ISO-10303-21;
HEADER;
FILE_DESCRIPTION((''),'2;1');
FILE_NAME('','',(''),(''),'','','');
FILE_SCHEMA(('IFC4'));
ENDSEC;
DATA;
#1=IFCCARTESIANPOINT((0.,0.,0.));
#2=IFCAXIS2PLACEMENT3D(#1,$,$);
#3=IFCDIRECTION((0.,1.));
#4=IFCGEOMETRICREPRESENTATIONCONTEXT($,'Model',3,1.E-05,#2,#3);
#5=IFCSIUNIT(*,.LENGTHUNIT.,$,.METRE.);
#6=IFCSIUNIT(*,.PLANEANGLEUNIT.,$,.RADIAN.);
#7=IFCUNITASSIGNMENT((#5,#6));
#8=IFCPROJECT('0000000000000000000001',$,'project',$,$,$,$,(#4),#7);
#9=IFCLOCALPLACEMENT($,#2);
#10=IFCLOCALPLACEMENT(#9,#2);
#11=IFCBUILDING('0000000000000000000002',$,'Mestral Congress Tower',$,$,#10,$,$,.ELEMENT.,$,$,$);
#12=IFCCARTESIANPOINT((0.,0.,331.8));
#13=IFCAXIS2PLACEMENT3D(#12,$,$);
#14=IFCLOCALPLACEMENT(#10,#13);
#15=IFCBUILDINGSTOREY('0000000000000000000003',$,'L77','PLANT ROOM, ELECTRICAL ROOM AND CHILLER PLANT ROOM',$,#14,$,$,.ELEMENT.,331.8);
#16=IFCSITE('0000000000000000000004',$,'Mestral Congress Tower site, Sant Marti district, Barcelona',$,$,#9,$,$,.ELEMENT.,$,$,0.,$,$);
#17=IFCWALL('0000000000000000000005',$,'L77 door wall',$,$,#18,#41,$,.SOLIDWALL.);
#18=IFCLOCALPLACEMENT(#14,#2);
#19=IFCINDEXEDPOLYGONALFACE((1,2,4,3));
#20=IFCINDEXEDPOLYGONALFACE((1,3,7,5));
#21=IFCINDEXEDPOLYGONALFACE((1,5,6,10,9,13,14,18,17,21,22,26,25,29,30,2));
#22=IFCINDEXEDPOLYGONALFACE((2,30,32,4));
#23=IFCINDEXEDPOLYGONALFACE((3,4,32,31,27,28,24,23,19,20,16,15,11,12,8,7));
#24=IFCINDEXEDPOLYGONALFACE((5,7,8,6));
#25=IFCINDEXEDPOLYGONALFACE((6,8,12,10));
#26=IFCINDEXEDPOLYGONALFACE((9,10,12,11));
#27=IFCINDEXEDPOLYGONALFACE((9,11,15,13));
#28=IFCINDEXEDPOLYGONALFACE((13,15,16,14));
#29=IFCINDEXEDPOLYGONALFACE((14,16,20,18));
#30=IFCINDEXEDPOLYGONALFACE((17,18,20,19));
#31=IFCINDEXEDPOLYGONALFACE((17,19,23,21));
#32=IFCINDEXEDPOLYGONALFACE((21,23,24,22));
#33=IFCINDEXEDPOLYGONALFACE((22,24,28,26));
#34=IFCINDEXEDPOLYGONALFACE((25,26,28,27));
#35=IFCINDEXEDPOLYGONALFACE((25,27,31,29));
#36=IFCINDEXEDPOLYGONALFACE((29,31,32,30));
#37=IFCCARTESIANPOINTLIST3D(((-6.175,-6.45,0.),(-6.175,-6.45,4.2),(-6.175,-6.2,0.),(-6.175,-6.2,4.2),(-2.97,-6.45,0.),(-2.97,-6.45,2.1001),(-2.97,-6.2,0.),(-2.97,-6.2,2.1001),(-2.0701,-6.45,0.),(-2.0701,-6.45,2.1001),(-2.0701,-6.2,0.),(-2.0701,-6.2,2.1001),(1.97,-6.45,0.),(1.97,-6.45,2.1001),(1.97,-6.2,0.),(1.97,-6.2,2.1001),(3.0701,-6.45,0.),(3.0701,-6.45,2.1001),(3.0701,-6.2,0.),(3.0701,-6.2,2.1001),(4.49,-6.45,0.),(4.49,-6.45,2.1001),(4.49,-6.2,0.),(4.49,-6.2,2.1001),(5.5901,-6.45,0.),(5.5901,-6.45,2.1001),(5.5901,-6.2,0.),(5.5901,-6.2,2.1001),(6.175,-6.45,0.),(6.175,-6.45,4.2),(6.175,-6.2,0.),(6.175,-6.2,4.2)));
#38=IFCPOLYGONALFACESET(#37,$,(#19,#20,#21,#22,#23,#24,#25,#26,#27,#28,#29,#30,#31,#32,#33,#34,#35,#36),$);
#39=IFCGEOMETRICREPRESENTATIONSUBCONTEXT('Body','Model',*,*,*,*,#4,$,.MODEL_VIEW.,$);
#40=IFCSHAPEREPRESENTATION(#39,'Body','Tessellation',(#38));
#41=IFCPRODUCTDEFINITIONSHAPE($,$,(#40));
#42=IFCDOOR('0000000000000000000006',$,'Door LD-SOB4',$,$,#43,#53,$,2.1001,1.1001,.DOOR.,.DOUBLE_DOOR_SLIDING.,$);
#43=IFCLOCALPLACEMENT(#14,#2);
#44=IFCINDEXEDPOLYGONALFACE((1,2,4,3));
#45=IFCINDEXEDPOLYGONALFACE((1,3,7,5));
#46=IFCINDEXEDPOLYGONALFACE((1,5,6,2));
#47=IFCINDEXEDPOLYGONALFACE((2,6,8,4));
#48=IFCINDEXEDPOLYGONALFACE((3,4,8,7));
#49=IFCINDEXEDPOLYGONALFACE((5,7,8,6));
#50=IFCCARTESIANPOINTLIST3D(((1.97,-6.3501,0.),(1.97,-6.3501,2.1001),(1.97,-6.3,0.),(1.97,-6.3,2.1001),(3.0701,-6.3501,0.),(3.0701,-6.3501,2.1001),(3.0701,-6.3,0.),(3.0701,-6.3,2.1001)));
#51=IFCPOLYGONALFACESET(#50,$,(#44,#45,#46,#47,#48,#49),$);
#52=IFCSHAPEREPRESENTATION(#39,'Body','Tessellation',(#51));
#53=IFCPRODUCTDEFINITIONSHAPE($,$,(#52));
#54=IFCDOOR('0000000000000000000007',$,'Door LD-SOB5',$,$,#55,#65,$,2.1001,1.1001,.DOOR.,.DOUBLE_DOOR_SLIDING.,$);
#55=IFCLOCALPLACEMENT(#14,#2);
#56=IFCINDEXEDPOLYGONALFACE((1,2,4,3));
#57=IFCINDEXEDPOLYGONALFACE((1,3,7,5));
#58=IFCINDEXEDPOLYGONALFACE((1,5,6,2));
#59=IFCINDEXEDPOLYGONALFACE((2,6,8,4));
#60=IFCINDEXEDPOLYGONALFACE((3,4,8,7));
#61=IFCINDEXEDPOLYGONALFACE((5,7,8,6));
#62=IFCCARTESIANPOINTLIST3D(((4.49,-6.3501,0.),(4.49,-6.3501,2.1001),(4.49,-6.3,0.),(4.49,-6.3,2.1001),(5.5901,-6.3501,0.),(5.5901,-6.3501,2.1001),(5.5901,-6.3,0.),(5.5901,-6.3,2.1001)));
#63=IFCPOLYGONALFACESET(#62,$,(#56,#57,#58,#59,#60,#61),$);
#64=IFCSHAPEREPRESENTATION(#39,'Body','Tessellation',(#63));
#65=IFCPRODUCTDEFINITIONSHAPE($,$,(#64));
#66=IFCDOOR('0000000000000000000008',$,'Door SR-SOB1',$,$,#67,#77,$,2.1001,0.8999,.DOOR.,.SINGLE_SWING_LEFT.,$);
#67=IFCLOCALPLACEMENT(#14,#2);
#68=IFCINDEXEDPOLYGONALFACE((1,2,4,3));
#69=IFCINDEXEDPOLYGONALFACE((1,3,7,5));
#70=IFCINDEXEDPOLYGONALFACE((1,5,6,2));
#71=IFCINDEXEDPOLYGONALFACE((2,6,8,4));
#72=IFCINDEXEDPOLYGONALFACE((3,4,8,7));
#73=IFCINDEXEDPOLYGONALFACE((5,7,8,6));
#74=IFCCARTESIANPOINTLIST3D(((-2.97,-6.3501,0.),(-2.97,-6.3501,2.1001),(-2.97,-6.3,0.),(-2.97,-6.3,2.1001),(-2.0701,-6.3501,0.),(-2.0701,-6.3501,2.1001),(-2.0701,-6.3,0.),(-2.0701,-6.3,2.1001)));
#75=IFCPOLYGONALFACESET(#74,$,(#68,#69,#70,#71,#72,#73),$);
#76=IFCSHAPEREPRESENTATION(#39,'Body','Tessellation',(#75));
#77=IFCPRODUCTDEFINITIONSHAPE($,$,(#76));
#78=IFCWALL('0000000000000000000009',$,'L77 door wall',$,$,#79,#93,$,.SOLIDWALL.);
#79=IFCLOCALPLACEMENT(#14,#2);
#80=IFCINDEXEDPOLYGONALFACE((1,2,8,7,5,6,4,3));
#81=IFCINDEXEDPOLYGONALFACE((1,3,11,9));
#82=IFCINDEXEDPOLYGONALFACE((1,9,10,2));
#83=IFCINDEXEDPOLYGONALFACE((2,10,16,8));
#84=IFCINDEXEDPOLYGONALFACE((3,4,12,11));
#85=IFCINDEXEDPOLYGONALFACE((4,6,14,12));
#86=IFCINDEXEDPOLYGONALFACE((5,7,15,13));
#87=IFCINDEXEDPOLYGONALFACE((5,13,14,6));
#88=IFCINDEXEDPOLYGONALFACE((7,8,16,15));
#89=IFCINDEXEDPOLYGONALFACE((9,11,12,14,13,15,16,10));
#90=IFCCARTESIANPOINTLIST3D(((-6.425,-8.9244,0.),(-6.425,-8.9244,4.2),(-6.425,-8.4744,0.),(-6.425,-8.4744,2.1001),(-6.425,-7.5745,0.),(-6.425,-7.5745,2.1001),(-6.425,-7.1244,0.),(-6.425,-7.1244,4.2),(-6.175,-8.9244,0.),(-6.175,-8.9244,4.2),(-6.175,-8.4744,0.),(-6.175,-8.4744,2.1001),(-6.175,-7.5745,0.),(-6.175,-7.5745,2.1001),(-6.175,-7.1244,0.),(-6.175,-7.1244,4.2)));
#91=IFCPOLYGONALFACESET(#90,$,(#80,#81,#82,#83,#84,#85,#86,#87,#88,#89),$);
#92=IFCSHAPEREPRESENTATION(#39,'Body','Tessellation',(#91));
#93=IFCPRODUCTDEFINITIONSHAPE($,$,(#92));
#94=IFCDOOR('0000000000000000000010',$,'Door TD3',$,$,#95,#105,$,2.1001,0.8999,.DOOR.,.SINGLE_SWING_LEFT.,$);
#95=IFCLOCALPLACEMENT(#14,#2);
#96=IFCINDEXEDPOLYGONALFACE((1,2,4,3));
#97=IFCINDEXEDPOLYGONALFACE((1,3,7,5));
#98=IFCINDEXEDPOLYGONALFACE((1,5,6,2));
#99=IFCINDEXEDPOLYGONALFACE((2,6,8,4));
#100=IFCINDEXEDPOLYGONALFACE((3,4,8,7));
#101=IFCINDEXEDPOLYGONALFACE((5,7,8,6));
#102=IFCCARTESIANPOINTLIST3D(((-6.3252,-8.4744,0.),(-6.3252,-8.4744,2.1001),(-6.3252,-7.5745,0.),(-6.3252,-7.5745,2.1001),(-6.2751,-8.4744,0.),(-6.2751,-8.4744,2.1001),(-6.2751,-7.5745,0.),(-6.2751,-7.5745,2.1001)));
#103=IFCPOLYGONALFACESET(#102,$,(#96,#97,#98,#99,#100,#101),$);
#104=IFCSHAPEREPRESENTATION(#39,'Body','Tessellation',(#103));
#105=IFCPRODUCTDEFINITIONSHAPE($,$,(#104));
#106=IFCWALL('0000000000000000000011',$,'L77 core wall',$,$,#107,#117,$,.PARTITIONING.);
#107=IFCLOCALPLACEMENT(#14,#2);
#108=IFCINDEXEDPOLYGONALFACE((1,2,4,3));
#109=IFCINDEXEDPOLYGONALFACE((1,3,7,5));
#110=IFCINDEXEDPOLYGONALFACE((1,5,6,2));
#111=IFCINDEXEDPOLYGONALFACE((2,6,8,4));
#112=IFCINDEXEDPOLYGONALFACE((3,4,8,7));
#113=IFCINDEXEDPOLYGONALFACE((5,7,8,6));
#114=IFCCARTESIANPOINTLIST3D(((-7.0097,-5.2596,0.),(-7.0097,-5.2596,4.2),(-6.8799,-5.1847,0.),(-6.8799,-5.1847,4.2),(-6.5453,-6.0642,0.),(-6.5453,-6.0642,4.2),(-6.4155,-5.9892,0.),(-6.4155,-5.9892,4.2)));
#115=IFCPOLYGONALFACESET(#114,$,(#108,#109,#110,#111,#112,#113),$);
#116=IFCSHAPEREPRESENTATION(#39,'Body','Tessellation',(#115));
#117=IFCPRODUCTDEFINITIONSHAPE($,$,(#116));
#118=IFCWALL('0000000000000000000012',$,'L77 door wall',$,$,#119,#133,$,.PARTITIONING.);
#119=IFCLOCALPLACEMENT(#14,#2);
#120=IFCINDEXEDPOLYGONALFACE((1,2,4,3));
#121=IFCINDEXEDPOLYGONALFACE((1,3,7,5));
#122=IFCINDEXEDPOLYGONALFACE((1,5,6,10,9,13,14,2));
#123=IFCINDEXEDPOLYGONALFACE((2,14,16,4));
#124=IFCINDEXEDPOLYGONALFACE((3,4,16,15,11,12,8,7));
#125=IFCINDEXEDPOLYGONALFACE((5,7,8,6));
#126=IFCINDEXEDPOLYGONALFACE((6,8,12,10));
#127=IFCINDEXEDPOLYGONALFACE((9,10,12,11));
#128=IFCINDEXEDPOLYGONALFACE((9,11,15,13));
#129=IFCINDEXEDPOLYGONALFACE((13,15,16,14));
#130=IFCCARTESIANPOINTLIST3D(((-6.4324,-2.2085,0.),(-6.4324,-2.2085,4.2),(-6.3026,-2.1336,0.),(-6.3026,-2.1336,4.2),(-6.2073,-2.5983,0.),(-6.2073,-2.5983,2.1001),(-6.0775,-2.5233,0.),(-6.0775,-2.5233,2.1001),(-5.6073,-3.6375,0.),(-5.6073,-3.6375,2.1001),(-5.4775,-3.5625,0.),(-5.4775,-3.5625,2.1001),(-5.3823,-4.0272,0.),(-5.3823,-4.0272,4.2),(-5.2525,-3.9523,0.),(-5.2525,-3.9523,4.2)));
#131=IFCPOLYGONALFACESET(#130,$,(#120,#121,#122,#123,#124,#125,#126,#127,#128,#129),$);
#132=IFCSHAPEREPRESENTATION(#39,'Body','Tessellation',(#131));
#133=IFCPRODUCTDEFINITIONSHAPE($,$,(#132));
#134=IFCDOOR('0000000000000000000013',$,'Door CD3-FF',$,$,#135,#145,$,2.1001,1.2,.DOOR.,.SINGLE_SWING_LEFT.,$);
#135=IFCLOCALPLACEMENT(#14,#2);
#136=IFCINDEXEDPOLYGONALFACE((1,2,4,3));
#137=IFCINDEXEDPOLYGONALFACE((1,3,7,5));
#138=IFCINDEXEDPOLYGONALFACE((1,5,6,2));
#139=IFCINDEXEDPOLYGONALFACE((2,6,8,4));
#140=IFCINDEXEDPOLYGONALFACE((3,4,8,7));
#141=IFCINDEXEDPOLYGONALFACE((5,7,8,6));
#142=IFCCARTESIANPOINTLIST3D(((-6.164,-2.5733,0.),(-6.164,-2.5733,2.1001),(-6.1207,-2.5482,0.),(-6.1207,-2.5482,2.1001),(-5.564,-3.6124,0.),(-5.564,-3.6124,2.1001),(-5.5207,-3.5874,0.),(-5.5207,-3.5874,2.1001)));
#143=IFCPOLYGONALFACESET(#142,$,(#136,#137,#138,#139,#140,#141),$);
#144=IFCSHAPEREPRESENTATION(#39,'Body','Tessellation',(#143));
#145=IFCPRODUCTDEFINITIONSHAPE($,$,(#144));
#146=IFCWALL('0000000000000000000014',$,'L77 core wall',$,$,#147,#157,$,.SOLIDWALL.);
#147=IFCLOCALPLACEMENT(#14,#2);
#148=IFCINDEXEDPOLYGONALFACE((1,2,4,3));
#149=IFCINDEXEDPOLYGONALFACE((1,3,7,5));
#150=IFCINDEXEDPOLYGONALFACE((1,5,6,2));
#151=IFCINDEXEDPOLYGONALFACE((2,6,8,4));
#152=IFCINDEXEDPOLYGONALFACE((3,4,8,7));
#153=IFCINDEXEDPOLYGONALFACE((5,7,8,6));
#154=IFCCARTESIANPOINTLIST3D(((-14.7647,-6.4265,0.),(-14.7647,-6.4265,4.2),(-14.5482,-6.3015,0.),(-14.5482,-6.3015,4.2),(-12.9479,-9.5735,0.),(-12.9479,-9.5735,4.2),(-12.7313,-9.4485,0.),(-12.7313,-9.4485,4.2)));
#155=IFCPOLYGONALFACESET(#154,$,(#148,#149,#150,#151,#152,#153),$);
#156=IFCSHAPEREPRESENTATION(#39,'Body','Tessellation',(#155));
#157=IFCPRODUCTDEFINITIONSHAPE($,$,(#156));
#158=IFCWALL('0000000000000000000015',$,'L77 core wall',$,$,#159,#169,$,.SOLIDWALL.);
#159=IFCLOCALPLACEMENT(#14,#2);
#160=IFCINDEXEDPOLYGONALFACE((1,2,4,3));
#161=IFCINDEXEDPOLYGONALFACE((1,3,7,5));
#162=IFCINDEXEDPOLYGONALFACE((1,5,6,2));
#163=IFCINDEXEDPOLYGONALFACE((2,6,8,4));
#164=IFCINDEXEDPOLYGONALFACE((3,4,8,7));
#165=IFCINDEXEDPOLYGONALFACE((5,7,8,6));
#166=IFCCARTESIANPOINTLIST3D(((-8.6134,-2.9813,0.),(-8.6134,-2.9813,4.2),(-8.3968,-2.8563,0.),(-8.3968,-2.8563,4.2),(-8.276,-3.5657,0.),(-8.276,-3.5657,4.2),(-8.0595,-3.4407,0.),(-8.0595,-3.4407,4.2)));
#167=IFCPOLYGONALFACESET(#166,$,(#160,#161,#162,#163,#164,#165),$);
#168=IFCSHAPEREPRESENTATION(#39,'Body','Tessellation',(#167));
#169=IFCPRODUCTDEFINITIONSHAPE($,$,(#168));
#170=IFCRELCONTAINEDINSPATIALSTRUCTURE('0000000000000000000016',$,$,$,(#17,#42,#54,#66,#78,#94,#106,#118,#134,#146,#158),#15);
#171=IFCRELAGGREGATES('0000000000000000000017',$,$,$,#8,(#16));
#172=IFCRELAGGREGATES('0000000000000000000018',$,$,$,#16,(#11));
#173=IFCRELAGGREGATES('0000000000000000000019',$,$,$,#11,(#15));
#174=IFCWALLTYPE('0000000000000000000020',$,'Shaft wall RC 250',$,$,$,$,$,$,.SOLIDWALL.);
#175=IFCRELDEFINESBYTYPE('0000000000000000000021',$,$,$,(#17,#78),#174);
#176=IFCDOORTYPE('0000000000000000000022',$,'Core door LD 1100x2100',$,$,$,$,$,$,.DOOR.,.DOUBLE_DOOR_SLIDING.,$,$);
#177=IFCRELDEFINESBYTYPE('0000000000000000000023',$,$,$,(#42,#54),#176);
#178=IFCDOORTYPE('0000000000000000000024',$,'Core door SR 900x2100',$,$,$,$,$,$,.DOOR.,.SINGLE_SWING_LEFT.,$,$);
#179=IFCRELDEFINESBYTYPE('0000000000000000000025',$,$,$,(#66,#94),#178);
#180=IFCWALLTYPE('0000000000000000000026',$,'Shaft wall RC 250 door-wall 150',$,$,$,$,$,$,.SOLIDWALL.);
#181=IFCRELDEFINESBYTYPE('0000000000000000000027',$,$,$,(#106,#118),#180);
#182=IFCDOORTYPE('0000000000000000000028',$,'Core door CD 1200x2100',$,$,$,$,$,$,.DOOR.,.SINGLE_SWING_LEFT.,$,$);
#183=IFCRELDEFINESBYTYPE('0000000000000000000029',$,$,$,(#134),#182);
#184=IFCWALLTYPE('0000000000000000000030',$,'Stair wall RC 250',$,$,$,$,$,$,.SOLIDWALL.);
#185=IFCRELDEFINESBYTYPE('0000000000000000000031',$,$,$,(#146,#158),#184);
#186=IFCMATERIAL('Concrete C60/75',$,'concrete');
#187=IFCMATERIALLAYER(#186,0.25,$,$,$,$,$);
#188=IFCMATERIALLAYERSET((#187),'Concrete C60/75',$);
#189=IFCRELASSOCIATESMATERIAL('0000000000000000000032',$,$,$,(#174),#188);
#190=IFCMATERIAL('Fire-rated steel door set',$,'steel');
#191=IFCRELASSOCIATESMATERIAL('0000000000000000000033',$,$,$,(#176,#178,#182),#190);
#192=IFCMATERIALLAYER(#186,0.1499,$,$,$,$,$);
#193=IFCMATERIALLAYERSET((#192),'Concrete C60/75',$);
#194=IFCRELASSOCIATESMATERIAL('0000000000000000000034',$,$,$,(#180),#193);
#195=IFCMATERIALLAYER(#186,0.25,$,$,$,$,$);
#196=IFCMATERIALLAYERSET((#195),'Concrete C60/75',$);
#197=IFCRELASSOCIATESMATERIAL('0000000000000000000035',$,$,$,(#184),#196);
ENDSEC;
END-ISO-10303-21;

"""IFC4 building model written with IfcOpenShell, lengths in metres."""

from ifc_helpers import new_model, si_unit, direction, frame, frame_2d, origin, place, context, subcontext, project, spatial, rectangle, extrude, material, layer, layer_set, type_object, element, fill, save


model = new_model("IFC4")

# Units and contexts
model_context = context("Model", 3, precision=1e-05, world=origin(), true_north=direction((0.0, 1.0)))
body_context = subcontext(model_context, "Body", "Model", "MODEL_VIEW")
ifc_project = project(units=[si_unit("LENGTHUNIT", "METRE"), si_unit("PLANEANGLEUNIT", "RADIAN")], contexts=[model_context])

# Site, building, storey
site_placement = place(None, origin())
site = spatial("IfcSite", under=ifc_project, at=site_placement, Name="Mestral Congress Tower site, Sant Marti district, Barcelona", CompositionType="ELEMENT", RefElevation=0.0)
building_placement = place(site_placement, origin())
building = spatial("IfcBuilding", under=site, at=building_placement, Name="Mestral Congress Tower", CompositionType="ELEMENT")
storey_placement = place(building_placement, frame((0.0, 0.0, 331.8)))
storey = spatial("IfcBuildingStorey", under=building, at=storey_placement, Name="L77", Description="PLANT ROOM, ELECTRICAL ROOM AND CHILLER PLANT ROOM", CompositionType="ELEMENT", Elevation=331.8)

# Shared definitions
ifc_material_1 = material(Name="Concrete C60/75", Category="concrete")
ifc_layer_1 = layer(ifc_material_1, 0.25)
ifc_layer_set_1 = layer_set([ifc_layer_1], Name="Concrete C60/75")
wall_type_1 = type_object("IfcWallType", Name="Shaft wall RC 250", PredefinedType="SOLIDWALL", material=ifc_layer_set_1)

# Wall, openings, doors
wall_1_placement = place(storey_placement, frame((-6.175, -6.325, 0.0), z_axis=(0.0, 0.0, 1.0), x_axis=(1.0, 0.0, 0.0)))
wall_1 = element("IfcWall", 1, at=wall_1_placement, inside=storey, type_object=wall_type_1, Name="L77 door wall", PredefinedType="SOLIDWALL", context=body_context, shape_type="SweptSolid", body=[
    extrude(rectangle(XDim=12.3501, YDim=0.25, at=frame_2d((6.175, 0.0))), origin(), (0.0, 0.0, 1.0), 4.2),
])
opening_1_placement = place(wall_1_placement, frame((3.2051, 0.0, 0.0)))
opening_1 = element("IfcOpeningElement", 2, at=opening_1_placement, cuts=wall_1, PredefinedType="OPENING", context=body_context, shape_type="SweptSolid", body=[
    extrude(rectangle(XDim=0.8999, YDim=2.1001, at=frame_2d((0.45, 1.05))), frame((0.0, 0.135, 0.0), z_axis=(0.0, -1.0, 0.0), x_axis=(1.0, 0.0, 0.0)), (0.0, 0.0, 1.0), 0.27),
])
opening_2_placement = place(wall_1_placement, frame((8.145, 0.0, 0.0)))
opening_2 = element("IfcOpeningElement", 3, at=opening_2_placement, cuts=wall_1, PredefinedType="OPENING", context=body_context, shape_type="SweptSolid", body=[
    extrude(rectangle(XDim=1.1001, YDim=2.1001, at=frame_2d((0.55, 1.05))), frame((0.0, 0.135, 0.0), z_axis=(0.0, -1.0, 0.0), x_axis=(1.0, 0.0, 0.0)), (0.0, 0.0, 1.0), 0.27),
])
opening_3_placement = place(wall_1_placement, frame((10.665, 0.0, 0.0)))
opening_3 = element("IfcOpeningElement", 4, at=opening_3_placement, cuts=wall_1, PredefinedType="OPENING", context=body_context, shape_type="SweptSolid", body=[
    extrude(rectangle(XDim=1.1001, YDim=2.1001, at=frame_2d((0.55, 1.05))), frame((0.0, 0.135, 0.0), z_axis=(0.0, -1.0, 0.0), x_axis=(1.0, 0.0, 0.0)), (0.0, 0.0, 1.0), 0.27),
])
ifc_material_2 = material(Name="Fire-rated steel door set", Category="steel")
door_type_1 = type_object("IfcDoorType", Name="Core door LD 1100x2100", OperationType="DOUBLE_DOOR_SLIDING", PredefinedType="DOOR", material=ifc_material_2)
door_1_placement = place(opening_2_placement, origin())
door_1 = element("IfcDoor", 5, at=door_1_placement, inside=storey, type_object=door_type_1, Name="Door LD-SOB4", OperationType="DOUBLE_DOOR_SLIDING", OverallHeight=2.1001, OverallWidth=1.1001, PredefinedType="DOOR", context=body_context, shape_type="SweptSolid", body=[
    extrude(rectangle(XDim=1.1001, YDim=2.1001, at=frame_2d((0.55, 1.05))), frame((0.0, 0.0249, 0.0), z_axis=(0.0, -1.0, 0.0), x_axis=(1.0, 0.0, 0.0)), (0.0, 0.0, 1.0), 0.05),
])
fill(opening_2, door_1)
door_2_placement = place(opening_3_placement, origin())
door_2 = element("IfcDoor", 6, at=door_2_placement, inside=storey, type_object=door_type_1, Name="Door LD-SOB5", OperationType="DOUBLE_DOOR_SLIDING", OverallHeight=2.1001, OverallWidth=1.1001, PredefinedType="DOOR", context=body_context, shape_type="SweptSolid", body=[
    extrude(rectangle(XDim=1.1001, YDim=2.1001, at=frame_2d((0.55, 1.05))), frame((0.0, 0.0249, 0.0), z_axis=(0.0, -1.0, 0.0), x_axis=(1.0, 0.0, 0.0)), (0.0, 0.0, 1.0), 0.05),
])
fill(opening_3, door_2)
door_type_2 = type_object("IfcDoorType", Name="Core door SR 900x2100", OperationType="SINGLE_SWING_LEFT", PredefinedType="DOOR", material=ifc_material_2)
door_3_placement = place(opening_1_placement, origin())
door_3 = element("IfcDoor", 7, at=door_3_placement, inside=storey, type_object=door_type_2, Name="Door SR-SOB1", OperationType="SINGLE_SWING_LEFT", OverallHeight=2.1001, OverallWidth=0.8999, PredefinedType="DOOR", context=body_context, shape_type="SweptSolid", body=[
    extrude(rectangle(XDim=0.8999, YDim=2.1001, at=frame_2d((0.45, 1.05))), frame((0.0, 0.0249, 0.0), z_axis=(0.0, -1.0, 0.0), x_axis=(1.0, 0.0, 0.0)), (0.0, 0.0, 1.0), 0.05),
])
fill(opening_1, door_3)

# Wall, opening, door
wall_2_placement = place(storey_placement, frame((-6.3, -7.1245, 0.0), z_axis=(0.0, 0.0, 1.0), x_axis=(0.0, -1.0, 0.0)))
wall_2 = element("IfcWall", 8, at=wall_2_placement, inside=storey, type_object=wall_type_1, Name="L77 door wall", PredefinedType="SOLIDWALL", context=body_context, shape_type="SweptSolid", body=[
    extrude(rectangle(XDim=1.8, YDim=0.25, at=frame_2d((0.8999, 0.0))), origin(), (0.0, 0.0, 1.0), 4.2),
])
opening_4_placement = place(wall_2_placement, frame((0.45, 0.0, 0.0)))
opening_4 = element("IfcOpeningElement", 9, at=opening_4_placement, cuts=wall_2, PredefinedType="OPENING", context=body_context, shape_type="SweptSolid", body=[
    extrude(rectangle(XDim=0.8999, YDim=2.1001, at=frame_2d((0.45, 1.05))), frame((0.0, 0.135, 0.0), z_axis=(0.0, -1.0, 0.0), x_axis=(1.0, 0.0, 0.0)), (0.0, 0.0, 1.0), 0.27),
])
door_4_placement = place(opening_4_placement, origin())
door_4 = element("IfcDoor", 10, at=door_4_placement, inside=storey, type_object=door_type_2, Name="Door TD3", OperationType="SINGLE_SWING_LEFT", OverallHeight=2.1001, OverallWidth=0.8999, PredefinedType="DOOR", context=body_context, shape_type="SweptSolid", body=[
    extrude(rectangle(XDim=0.8999, YDim=2.1001, at=frame_2d((0.45, 1.05))), frame((0.0, 0.0249, 0.0), z_axis=(0.0, -1.0, 0.0), x_axis=(1.0, 0.0, 0.0)), (0.0, 0.0, 1.0), 0.05),
])
fill(opening_4, door_4)

# Wall
ifc_layer_2 = layer(ifc_material_1, 0.1499)
ifc_layer_set_2 = layer_set([ifc_layer_2], Name="Concrete C60/75")
wall_type_2 = type_object("IfcWallType", Name="Shaft wall RC 250 door-wall 150", PredefinedType="SOLIDWALL", material=ifc_layer_set_2)
wall_3_placement = place(storey_placement, frame((-6.4805, -6.0266, 0.0), z_axis=(0.0, 0.0, 1.0), x_axis=(-0.499927, 0.866067, 0.0)))
element("IfcWall", 11, at=wall_3_placement, inside=storey, type_object=wall_type_2, Name="L77 core wall", PredefinedType="PARTITIONING", context=body_context, shape_type="SweptSolid", body=[
    extrude(rectangle(XDim=0.929, YDim=0.1499, at=frame_2d((0.4644, 0.0))), origin(), (0.0, 0.0, 1.0), 4.2),
])

# Wall, opening, door
wall_4_placement = place(storey_placement, frame((-5.3174, -3.9897, 0.0), z_axis=(0.0, 0.0, 1.0), x_axis=(-0.500028, 0.866009, 0.0)))
wall_4 = element("IfcWall", 12, at=wall_4_placement, inside=storey, type_object=wall_type_2, Name="L77 door wall", PredefinedType="PARTITIONING", context=body_context, shape_type="SweptSolid", body=[
    extrude(rectangle(XDim=2.1001, YDim=0.1499, at=frame_2d((1.05, 0.0))), origin(), (0.0, 0.0, 1.0), 4.2),
])
opening_5_placement = place(wall_4_placement, frame((0.45, 0.0, 0.0)))
opening_5 = element("IfcOpeningElement", 13, at=opening_5_placement, cuts=wall_4, PredefinedType="OPENING", context=body_context, shape_type="SweptSolid", body=[
    extrude(rectangle(XDim=1.2, YDim=2.1001, at=frame_2d((0.6001, 1.05))), frame((0.0, 0.085, 0.0), z_axis=(0.0, -1.0, 0.0), x_axis=(1.0, 0.0, 0.0)), (0.0, 0.0, 1.0), 0.1699),
])
door_type_3 = type_object("IfcDoorType", Name="Core door CD 1200x2100", OperationType="SINGLE_SWING_LEFT", PredefinedType="DOOR", material=ifc_material_2)
door_5_placement = place(opening_5_placement, origin())
door_5 = element("IfcDoor", 14, at=door_5_placement, inside=storey, type_object=door_type_3, Name="Door CD3-FF", OperationType="SINGLE_SWING_LEFT", OverallHeight=2.1001, OverallWidth=1.2, PredefinedType="DOOR", context=body_context, shape_type="SweptSolid", body=[
    extrude(rectangle(XDim=1.2, YDim=2.1001, at=frame_2d((0.6001, 1.05))), frame((0.0, 0.0249, 0.0), z_axis=(0.0, -1.0, 0.0), x_axis=(1.0, 0.0, 0.0)), (0.0, 0.0, 1.0), 0.05),
])
fill(opening_5, door_5)

# Walls
ifc_layer_3 = layer(ifc_material_1, 0.25)
ifc_layer_set_3 = layer_set([ifc_layer_3], Name="Concrete C60/75")
wall_type_3 = type_object("IfcWallType", Name="Stair wall RC 250", PredefinedType="SOLIDWALL", material=ifc_layer_set_3)
wall_5_placement = place(storey_placement, frame((-12.8396, -9.511, 0.0), z_axis=(0.0, 0.0, 1.0), x_axis=(-0.499998, 0.866027, 0.0)))
element("IfcWall", 15, at=wall_5_placement, inside=storey, type_object=wall_type_3, Name="L77 core wall", PredefinedType="SOLIDWALL", context=body_context, shape_type="SweptSolid", body=[
    extrude(rectangle(XDim=3.6338, YDim=0.25, at=frame_2d((1.8169, 0.0))), origin(), (0.0, 0.0, 1.0), 4.2),
])
wall_6_placement = place(storey_placement, frame((-8.1677, -3.5032, 0.0), z_axis=(0.0, 0.0, 1.0), x_axis=(-0.499952, 0.866053, 0.0)))
element("IfcWall", 16, at=wall_6_placement, inside=storey, type_object=wall_type_3, Name="L77 core wall", PredefinedType="SOLIDWALL", context=body_context, shape_type="SweptSolid", body=[
    extrude(rectangle(XDim=0.6748, YDim=0.25, at=frame_2d((0.3374, 0.0))), origin(), (0.0, 0.0, 1.0), 4.2),
])

save(model, "model.ifc")
